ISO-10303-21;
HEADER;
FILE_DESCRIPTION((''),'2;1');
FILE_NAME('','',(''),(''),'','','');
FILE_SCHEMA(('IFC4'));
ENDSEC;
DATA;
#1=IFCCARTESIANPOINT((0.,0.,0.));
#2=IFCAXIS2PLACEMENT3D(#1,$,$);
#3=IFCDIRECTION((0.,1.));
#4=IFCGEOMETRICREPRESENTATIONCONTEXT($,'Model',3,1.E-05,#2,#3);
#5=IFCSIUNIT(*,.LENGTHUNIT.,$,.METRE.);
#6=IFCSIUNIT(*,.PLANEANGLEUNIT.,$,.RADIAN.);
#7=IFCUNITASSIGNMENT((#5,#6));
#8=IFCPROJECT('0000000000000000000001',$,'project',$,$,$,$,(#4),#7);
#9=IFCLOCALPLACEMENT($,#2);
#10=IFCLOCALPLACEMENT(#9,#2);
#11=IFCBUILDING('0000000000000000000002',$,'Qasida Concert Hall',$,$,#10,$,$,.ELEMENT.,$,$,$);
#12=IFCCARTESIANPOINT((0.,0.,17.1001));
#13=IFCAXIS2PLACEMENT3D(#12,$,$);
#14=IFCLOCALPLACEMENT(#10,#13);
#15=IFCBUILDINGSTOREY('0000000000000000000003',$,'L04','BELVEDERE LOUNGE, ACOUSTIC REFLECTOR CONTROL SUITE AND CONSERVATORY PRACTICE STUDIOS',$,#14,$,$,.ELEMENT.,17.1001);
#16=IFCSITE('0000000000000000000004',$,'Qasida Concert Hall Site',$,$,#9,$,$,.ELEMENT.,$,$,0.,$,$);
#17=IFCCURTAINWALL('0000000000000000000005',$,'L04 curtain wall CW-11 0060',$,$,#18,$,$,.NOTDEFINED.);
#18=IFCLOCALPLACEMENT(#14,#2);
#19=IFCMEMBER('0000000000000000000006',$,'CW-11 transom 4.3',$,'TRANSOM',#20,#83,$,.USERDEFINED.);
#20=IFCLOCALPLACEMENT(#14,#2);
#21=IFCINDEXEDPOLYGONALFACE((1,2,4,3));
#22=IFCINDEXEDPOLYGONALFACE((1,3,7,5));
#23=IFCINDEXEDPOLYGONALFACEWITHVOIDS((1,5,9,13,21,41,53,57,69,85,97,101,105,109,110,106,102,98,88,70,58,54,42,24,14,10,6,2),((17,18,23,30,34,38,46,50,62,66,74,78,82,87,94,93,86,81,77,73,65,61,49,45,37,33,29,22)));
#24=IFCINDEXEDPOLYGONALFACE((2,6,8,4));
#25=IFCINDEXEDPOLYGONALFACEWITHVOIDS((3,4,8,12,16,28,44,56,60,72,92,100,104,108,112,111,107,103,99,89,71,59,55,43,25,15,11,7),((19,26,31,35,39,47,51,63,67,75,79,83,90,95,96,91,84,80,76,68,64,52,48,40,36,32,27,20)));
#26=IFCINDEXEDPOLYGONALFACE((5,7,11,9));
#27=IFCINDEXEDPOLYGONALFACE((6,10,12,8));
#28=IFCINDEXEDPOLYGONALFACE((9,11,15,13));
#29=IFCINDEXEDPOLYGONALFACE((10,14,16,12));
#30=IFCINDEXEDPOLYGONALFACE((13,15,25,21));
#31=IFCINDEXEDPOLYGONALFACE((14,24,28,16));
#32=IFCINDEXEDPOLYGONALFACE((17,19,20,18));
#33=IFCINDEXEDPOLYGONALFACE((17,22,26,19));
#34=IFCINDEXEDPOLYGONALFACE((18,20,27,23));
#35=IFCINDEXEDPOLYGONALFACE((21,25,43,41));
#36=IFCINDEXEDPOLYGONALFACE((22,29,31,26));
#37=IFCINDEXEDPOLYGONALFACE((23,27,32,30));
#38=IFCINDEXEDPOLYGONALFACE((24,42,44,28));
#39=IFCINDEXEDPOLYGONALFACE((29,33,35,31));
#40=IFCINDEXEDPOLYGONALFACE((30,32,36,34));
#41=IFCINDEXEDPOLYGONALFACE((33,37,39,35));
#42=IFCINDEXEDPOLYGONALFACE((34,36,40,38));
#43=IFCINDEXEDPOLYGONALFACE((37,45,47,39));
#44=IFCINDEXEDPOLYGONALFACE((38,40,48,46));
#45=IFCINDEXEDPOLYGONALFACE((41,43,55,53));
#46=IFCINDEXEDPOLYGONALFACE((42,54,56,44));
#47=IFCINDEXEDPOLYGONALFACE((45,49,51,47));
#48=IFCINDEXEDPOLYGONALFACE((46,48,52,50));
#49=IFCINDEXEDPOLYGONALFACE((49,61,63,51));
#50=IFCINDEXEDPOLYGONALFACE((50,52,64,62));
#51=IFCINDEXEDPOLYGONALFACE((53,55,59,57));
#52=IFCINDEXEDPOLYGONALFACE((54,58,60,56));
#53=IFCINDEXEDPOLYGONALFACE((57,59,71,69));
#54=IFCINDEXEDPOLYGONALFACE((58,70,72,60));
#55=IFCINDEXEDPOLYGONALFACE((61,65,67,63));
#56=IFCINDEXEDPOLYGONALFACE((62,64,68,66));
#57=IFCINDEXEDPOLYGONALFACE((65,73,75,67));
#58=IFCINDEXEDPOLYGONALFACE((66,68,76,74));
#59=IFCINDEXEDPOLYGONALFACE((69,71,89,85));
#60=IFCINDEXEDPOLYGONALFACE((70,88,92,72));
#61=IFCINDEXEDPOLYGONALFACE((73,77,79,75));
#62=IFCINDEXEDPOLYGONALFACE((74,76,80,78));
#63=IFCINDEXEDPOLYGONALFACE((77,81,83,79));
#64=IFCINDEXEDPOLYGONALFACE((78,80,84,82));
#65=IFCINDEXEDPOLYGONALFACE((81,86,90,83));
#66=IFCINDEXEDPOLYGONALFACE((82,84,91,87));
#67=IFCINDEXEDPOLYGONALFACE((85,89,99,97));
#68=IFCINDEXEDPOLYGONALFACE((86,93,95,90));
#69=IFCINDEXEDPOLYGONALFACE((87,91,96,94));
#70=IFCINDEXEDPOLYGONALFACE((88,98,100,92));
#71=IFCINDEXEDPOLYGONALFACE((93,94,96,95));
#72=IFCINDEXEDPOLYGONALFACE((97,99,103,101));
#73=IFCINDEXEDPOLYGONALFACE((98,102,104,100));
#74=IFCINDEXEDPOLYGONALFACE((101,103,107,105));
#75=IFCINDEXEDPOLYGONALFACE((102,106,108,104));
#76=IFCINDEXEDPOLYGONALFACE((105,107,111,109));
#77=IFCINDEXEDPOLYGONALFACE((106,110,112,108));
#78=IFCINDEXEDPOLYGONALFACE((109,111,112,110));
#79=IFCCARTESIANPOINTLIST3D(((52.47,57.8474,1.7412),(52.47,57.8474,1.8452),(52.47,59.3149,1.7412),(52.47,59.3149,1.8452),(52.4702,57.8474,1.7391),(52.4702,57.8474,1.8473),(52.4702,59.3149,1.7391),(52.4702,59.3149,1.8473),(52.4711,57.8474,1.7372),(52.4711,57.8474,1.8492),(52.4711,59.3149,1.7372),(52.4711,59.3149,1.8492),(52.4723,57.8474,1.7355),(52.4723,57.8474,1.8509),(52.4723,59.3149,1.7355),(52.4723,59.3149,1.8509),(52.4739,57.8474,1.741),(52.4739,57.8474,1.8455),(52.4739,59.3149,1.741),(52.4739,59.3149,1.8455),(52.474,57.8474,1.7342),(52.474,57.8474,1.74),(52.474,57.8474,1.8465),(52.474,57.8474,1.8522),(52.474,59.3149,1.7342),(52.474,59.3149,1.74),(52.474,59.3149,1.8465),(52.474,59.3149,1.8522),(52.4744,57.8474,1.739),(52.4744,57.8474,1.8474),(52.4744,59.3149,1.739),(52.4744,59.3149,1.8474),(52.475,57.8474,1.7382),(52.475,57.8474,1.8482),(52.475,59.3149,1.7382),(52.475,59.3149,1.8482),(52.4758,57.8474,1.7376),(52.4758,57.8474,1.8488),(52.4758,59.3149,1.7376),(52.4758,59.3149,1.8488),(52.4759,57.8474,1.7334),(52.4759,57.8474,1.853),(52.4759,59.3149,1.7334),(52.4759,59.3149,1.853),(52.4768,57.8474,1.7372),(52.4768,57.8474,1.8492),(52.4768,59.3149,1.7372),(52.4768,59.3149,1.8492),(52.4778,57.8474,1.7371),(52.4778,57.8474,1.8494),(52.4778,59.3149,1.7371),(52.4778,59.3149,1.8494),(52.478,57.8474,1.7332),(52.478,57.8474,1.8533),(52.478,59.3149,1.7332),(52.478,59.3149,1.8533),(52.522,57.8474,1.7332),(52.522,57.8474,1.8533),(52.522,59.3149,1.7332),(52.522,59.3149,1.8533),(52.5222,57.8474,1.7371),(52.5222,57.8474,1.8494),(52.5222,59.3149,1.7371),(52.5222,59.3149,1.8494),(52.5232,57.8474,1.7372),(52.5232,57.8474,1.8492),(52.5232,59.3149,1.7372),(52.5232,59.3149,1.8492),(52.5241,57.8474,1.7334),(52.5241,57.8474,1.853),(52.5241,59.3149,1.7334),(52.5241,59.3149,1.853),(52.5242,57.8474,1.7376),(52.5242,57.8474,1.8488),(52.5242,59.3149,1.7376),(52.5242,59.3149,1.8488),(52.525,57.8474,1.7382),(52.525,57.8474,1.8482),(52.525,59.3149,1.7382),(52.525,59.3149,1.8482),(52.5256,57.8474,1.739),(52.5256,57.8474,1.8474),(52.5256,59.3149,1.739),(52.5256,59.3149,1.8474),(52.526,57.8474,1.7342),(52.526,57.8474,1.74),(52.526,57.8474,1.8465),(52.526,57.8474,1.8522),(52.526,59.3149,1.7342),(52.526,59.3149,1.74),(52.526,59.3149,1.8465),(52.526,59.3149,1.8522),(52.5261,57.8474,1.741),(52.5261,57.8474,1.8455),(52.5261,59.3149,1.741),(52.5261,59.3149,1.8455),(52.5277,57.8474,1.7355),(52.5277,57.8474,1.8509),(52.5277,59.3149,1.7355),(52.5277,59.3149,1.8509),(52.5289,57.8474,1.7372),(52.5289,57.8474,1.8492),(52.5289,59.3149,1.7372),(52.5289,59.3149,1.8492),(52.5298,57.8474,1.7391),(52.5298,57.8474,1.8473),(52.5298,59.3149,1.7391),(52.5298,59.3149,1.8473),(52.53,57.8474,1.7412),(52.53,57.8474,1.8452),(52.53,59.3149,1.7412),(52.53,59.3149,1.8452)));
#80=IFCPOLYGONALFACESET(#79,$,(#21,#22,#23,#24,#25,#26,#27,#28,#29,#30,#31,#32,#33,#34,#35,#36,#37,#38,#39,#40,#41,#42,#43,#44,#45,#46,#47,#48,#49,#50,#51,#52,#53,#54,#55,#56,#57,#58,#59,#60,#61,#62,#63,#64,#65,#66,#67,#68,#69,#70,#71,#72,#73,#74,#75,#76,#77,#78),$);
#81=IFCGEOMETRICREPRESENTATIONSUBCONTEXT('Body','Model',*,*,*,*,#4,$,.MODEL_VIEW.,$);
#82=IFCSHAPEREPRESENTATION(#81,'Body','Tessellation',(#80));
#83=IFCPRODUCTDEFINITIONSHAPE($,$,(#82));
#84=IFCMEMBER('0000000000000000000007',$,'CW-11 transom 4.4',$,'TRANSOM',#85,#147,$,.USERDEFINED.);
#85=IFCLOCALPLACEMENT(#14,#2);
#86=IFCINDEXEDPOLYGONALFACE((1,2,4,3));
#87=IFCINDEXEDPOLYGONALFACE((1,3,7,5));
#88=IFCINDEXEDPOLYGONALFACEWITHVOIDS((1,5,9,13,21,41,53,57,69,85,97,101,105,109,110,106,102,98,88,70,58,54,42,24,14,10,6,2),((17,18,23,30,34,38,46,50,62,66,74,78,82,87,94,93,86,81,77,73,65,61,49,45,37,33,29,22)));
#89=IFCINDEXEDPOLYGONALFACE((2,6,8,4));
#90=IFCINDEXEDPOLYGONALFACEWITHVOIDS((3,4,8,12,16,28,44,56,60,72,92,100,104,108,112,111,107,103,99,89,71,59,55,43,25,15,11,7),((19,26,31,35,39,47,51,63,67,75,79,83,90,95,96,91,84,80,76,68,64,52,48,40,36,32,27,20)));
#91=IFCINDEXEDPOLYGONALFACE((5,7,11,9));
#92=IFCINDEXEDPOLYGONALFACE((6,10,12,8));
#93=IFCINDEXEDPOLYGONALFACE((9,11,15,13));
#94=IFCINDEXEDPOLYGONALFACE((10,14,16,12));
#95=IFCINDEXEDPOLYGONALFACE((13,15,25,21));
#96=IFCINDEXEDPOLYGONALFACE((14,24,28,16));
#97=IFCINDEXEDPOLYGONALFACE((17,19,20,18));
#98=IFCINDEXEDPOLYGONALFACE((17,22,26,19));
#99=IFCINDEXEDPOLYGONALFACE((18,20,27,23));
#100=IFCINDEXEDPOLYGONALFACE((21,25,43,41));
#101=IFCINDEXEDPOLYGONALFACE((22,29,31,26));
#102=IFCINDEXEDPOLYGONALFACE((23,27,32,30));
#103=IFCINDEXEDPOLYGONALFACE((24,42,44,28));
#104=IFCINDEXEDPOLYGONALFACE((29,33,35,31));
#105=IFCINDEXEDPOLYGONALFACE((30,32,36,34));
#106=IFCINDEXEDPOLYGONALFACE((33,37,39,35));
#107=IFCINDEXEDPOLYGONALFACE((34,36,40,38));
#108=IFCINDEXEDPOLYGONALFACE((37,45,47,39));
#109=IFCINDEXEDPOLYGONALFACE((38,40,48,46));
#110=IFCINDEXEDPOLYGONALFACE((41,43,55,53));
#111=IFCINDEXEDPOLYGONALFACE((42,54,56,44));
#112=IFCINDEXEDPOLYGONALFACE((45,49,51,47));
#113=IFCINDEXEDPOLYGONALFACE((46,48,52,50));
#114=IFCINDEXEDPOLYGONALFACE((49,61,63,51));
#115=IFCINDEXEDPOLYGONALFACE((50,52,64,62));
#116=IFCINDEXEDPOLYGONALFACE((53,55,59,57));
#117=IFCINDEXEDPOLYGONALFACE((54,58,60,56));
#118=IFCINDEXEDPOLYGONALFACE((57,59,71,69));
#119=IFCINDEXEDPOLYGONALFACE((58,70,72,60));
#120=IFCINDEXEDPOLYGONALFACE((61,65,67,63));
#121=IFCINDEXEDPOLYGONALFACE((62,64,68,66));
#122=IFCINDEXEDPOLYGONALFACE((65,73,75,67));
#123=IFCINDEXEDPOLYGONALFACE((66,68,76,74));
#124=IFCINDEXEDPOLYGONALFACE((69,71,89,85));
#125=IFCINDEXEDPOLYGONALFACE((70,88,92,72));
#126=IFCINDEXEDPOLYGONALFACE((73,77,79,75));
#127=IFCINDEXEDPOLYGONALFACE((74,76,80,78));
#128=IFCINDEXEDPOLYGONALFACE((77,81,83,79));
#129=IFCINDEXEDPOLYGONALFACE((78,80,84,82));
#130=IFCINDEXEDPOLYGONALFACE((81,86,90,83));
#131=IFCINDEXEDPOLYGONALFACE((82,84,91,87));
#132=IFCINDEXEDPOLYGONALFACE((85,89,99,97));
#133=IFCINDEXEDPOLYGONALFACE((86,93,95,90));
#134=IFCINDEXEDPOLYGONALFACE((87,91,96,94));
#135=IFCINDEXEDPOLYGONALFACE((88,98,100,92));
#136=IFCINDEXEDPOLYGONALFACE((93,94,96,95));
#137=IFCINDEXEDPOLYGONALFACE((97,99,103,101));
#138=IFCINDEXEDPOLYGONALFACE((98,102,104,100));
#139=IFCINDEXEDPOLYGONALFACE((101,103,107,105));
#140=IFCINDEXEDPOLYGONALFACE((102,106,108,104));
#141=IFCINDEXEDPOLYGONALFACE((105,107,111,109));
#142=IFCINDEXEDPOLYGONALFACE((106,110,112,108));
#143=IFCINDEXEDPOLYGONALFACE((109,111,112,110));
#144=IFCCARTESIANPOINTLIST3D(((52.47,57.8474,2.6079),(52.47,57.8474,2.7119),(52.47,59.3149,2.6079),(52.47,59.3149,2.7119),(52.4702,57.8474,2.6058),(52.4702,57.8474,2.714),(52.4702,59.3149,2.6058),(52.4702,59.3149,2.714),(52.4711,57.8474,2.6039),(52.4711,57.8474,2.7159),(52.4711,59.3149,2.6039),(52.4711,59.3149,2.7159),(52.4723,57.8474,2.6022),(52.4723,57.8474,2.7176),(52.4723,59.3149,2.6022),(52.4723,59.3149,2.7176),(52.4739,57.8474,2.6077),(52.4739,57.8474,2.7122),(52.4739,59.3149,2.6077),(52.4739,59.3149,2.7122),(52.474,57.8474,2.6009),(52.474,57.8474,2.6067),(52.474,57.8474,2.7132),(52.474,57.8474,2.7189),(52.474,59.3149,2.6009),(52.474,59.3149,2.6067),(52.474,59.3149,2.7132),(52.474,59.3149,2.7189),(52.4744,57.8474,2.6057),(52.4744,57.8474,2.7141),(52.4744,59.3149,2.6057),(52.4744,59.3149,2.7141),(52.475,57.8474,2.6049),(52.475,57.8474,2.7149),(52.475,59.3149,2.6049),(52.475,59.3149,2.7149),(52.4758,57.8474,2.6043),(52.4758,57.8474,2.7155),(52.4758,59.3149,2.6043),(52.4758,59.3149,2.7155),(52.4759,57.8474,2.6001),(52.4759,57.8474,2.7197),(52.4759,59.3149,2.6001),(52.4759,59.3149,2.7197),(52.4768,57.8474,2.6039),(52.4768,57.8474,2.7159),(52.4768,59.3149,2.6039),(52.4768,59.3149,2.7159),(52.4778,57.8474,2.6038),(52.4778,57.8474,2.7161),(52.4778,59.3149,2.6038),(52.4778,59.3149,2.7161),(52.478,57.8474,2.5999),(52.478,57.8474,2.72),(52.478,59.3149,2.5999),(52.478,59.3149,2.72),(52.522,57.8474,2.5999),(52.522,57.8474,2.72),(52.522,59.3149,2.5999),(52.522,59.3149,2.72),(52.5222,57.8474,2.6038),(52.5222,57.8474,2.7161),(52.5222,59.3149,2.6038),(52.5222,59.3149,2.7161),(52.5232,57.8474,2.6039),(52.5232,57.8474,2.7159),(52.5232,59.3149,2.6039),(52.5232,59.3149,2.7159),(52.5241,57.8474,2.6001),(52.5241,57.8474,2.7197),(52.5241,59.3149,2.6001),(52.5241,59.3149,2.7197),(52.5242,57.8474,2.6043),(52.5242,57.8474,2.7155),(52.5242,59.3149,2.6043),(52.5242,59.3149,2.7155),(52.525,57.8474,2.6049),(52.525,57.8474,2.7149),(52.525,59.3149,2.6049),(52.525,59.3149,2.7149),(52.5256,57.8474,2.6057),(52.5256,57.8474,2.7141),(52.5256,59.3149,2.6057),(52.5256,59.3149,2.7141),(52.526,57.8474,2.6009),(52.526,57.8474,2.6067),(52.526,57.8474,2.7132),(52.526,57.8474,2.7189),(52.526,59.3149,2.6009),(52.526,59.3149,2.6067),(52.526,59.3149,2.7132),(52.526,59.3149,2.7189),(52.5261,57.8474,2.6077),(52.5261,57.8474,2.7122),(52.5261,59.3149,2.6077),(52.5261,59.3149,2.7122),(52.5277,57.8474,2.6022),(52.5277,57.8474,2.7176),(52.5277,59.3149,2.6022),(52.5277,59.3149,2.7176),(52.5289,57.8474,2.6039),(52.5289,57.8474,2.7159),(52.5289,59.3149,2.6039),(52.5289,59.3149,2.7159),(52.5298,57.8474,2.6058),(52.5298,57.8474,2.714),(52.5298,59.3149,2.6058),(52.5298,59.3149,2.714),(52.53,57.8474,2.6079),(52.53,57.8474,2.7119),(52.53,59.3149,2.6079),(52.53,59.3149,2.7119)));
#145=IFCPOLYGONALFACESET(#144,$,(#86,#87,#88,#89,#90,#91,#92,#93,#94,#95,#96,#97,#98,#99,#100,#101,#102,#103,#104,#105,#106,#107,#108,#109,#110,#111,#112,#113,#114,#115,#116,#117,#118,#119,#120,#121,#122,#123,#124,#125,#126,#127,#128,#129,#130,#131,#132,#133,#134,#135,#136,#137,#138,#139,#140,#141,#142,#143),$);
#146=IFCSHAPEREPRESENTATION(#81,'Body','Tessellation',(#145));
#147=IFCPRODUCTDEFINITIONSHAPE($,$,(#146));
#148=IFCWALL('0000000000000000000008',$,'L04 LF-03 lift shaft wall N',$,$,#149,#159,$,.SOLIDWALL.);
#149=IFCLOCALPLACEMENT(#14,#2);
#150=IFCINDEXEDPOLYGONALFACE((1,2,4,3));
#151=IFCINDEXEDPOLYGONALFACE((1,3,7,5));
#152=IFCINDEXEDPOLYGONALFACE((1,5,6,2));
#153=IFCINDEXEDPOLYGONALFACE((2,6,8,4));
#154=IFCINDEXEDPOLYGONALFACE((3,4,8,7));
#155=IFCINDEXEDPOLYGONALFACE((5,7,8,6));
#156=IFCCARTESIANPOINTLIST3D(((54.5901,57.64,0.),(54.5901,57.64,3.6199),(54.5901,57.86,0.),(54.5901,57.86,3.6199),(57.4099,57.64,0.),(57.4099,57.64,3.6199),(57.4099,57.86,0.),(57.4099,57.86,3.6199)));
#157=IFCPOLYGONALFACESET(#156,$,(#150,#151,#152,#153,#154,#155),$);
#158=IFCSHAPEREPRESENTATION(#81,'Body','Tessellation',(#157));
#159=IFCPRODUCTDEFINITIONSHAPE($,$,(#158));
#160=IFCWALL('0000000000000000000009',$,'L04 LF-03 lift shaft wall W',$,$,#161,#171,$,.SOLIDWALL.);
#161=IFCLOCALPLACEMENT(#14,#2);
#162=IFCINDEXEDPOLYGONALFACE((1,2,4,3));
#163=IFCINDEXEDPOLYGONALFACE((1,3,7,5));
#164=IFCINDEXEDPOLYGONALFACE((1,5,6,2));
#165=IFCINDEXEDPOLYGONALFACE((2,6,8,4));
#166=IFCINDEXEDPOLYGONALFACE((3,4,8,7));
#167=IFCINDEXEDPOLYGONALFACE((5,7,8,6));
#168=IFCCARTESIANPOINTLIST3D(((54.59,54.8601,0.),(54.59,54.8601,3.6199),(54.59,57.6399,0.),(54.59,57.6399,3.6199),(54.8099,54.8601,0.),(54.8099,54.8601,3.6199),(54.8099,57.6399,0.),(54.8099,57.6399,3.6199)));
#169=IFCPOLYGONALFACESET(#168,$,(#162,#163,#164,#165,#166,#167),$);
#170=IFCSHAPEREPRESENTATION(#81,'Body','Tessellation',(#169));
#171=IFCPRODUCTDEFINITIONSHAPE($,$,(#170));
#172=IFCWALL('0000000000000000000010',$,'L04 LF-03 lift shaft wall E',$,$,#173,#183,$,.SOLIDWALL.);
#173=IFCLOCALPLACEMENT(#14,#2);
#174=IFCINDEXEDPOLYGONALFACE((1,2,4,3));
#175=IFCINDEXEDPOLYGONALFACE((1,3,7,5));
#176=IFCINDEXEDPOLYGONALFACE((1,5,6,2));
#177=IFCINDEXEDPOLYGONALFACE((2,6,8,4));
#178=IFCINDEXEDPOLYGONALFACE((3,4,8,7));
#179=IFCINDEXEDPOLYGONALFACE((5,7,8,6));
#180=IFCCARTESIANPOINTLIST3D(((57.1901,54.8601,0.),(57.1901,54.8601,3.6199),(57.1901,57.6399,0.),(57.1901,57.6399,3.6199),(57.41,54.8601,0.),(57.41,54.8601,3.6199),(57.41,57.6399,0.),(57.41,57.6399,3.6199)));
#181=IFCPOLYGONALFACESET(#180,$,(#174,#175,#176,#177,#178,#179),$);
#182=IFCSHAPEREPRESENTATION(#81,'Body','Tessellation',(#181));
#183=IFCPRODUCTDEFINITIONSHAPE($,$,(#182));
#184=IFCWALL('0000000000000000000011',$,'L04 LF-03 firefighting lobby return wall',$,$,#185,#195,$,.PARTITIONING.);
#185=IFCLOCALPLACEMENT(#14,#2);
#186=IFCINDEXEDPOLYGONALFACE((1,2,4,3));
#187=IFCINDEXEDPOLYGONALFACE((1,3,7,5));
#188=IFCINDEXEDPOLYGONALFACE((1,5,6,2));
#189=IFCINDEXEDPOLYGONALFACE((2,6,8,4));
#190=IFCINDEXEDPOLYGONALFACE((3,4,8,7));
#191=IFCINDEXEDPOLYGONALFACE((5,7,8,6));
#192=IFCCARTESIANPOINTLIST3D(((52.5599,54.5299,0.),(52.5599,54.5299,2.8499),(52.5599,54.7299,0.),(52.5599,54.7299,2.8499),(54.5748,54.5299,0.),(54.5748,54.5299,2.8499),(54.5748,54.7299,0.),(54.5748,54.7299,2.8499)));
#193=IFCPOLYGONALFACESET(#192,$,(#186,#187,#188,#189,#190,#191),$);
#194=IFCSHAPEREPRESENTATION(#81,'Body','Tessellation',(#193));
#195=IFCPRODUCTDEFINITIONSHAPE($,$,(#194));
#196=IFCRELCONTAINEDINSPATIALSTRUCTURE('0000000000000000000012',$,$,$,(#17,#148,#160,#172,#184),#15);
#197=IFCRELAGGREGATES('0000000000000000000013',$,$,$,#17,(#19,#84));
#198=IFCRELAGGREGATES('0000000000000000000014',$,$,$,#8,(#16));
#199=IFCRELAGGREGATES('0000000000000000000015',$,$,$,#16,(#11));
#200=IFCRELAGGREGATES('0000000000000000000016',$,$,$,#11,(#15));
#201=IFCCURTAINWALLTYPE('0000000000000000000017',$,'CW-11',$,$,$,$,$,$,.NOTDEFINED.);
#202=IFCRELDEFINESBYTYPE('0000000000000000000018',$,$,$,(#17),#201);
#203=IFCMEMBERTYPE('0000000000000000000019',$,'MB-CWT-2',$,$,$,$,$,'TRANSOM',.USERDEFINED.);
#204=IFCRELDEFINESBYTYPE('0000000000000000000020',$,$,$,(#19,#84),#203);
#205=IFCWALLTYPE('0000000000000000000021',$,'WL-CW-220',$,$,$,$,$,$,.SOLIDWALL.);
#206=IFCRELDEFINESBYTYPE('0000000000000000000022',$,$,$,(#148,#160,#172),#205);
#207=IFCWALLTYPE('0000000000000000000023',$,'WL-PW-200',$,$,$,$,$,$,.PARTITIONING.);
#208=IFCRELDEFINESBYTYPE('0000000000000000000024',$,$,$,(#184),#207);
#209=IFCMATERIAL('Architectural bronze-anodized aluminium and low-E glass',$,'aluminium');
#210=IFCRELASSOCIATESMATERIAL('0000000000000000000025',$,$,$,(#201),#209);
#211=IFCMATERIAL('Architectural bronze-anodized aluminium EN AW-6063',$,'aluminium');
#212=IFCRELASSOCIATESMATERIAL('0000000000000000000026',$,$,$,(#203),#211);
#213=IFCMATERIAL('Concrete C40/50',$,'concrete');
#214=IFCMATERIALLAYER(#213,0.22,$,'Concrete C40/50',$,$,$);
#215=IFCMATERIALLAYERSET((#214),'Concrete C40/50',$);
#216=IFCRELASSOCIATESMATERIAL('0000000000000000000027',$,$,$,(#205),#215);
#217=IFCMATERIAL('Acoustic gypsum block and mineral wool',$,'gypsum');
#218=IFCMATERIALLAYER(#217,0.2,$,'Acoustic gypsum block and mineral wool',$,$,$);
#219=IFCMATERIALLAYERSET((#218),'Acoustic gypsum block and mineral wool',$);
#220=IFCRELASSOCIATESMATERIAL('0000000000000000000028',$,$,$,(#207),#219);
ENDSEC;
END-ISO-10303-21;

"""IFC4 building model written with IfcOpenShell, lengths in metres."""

from ifc_helpers import new_model, si_unit, direction, frame, frame_2d, origin, origin_2d, place, context, subcontext, project, spatial, rectangle, hollow_rectangle, extrude, material, layer, layer_set, material_profile, profile_set, type_object, element, aggregate, save


model = new_model("IFC4")

# Units and contexts
model_context = context("Model", 3, precision=1e-05, world=origin(), true_north=direction((0.0, 1.0)))
body_context = subcontext(model_context, "Body", "Model", "MODEL_VIEW")
ifc_project = project(units=[si_unit("LENGTHUNIT", "METRE"), si_unit("PLANEANGLEUNIT", "RADIAN")], contexts=[model_context])

# Site, building, storey
site_placement = place(None, origin())
site = spatial("IfcSite", under=ifc_project, at=site_placement, Name="Qasida Concert Hall Site", CompositionType="ELEMENT", RefElevation=0.0)
building_placement = place(site_placement, origin())
building = spatial("IfcBuilding", under=site, at=building_placement, Name="Qasida Concert Hall", CompositionType="ELEMENT")
storey_placement = place(building_placement, frame((0.0, 0.0, 17.1001)))
storey = spatial("IfcBuildingStorey", under=building, at=storey_placement, Name="L04", Description="BELVEDERE LOUNGE, ACOUSTIC REFLECTOR CONTROL SUITE AND CONSERVATORY PRACTICE STUDIOS", CompositionType="ELEMENT", Elevation=17.1001)

# Shared definitions
ifc_material_1 = material(Name="Concrete C40/50", Category="concrete")

# Curtain wall, members
ifc_material_2 = material(Name="Architectural bronze-anodized aluminium and low-E glass", Category="aluminium")
curtain_wall_type = type_object("IfcCurtainWallType", Name="CW-11", PredefinedType="NOTDEFINED", material=ifc_material_2)
curtain_wall_placement = place(storey_placement, origin())
curtain_wall = element("IfcCurtainWall", 1, at=curtain_wall_placement, inside=storey, type_object=curtain_wall_type, Name="L04 curtain wall CW-11 0060", PredefinedType="NOTDEFINED")
ifc_material_3 = material(Name="Architectural bronze-anodized aluminium EN AW-6063", Category="aluminium")
ifc_material_profile_1 = material_profile(ifc_material_3, hollow_rectangle(XDim=0.0601, YDim=0.1201, WallThickness=0.0039, InnerFilletRadius=0.0039, OuterFilletRadius=0.0081, at=origin_2d()), Name="CWT 120x60x4")
ifc_profile_set_1 = profile_set([ifc_material_profile_1], Name="Architectural bronze-anodized aluminium EN AW-6063")
member_type_1 = type_object("IfcMemberType", Name="MB-CWT-2", ElementType="TRANSOM", PredefinedType="USERDEFINED", material=ifc_profile_set_1)
member_1_placement = place(storey_placement, frame((52.5, 57.8474, 1.7932), z_axis=(0.0, 1.0, 0.0), x_axis=(-1.0, 0.0, 0.0)))
member_1 = element("IfcMember", 2, at=member_1_placement, type_object=member_type_1, Name="CW-11 transom 4.3", ObjectType="TRANSOM", PredefinedType="USERDEFINED", context=body_context, shape_type="SweptSolid", body=[
    extrude(hollow_rectangle(XDim=0.0601, YDim=0.1201, WallThickness=0.0039, InnerFilletRadius=0.0039, OuterFilletRadius=0.0081, at=origin_2d()), origin(), (0.0, 0.0, 1.0), 1.4675),
])
member_2_placement = place(storey_placement, frame((52.5, 57.8474, 2.6599), z_axis=(0.0, 1.0, 0.0), x_axis=(-1.0, 0.0, 0.0)))
member_2 = element("IfcMember", 3, at=member_2_placement, type_object=member_type_1, Name="CW-11 transom 4.4", ObjectType="TRANSOM", PredefinedType="USERDEFINED", context=body_context, shape_type="SweptSolid", body=[
    extrude(hollow_rectangle(XDim=0.0601, YDim=0.1201, WallThickness=0.0039, InnerFilletRadius=0.0039, OuterFilletRadius=0.0081, at=origin_2d()), origin(), (0.0, 0.0, 1.0), 1.4675),
])
aggregate(curtain_wall, [member_1, member_2])

# Shared definitions
ifc_layer_1 = layer(ifc_material_1, 0.22, Name="Concrete C40/50")
ifc_layer_set_1 = layer_set([ifc_layer_1], Name="Concrete C40/50")
wall_type_1 = type_object("IfcWallType", Name="WL-CW-220", PredefinedType="SOLIDWALL", material=ifc_layer_set_1)

# Walls
wall_1_placement = place(storey_placement, frame((54.5901, 57.75, 0.0), z_axis=(0.0, 0.0, 1.0), x_axis=(1.0, 0.0, 0.0)))
element("IfcWall", 4, at=wall_1_placement, inside=storey, type_object=wall_type_1, Name="L04 LF-03 lift shaft wall N", PredefinedType="SOLIDWALL", context=body_context, shape_type="SweptSolid", body=[
    extrude(rectangle(XDim=2.8198, YDim=0.22, at=frame_2d((1.4099, 0.0))), origin(), (0.0, 0.0, 1.0), 3.6199),
])
for number, where, z_axis, x_axis, name in (
    (5, (54.7, 54.8601, 0.0), (0.0, 0.0, 1.0), (0.0, 1.0, 0.0), "L04 LF-03 lift shaft wall W"),
    (6, (57.3, 54.8601, 0.0), (0.0, 0.0, 1.0), (0.0, 1.0, 0.0), "L04 LF-03 lift shaft wall E"),
):
    element("IfcWall", number, at=place(storey_placement, frame(where, z_axis=z_axis, x_axis=x_axis)), inside=storey, type_object=wall_type_1, Name=name, PredefinedType="SOLIDWALL", context=body_context, shape_type="SweptSolid", body=[
        extrude(rectangle(XDim=2.7798, YDim=0.22, at=frame_2d((1.3899, 0.0))), origin(), (0.0, 0.0, 1.0), 3.6199),
    ])

# Wall
ifc_material_4 = material(Name="Acoustic gypsum block and mineral wool", Category="gypsum")
ifc_layer_2 = layer(ifc_material_4, 0.2, Name="Acoustic gypsum block and mineral wool")
ifc_layer_set_2 = layer_set([ifc_layer_2], Name="Acoustic gypsum block and mineral wool")
wall_type_2 = type_object("IfcWallType", Name="WL-PW-200", PredefinedType="PARTITIONING", material=ifc_layer_set_2)
wall_2_placement = place(storey_placement, frame((52.5601, 54.6299, 0.0), z_axis=(0.0, 0.0, 1.0), x_axis=(1.0, 0.0, 0.0)))
element("IfcWall", 7, at=wall_2_placement, inside=storey, type_object=wall_type_2, Name="L04 LF-03 firefighting lobby return wall", PredefinedType="PARTITIONING", context=body_context, shape_type="SweptSolid", body=[
    extrude(rectangle(XDim=2.0149, YDim=0.2, at=frame_2d((1.0073, 0.0))), origin(), (0.0, 0.0, 1.0), 2.8499),
])

save(model, "model.ifc")
